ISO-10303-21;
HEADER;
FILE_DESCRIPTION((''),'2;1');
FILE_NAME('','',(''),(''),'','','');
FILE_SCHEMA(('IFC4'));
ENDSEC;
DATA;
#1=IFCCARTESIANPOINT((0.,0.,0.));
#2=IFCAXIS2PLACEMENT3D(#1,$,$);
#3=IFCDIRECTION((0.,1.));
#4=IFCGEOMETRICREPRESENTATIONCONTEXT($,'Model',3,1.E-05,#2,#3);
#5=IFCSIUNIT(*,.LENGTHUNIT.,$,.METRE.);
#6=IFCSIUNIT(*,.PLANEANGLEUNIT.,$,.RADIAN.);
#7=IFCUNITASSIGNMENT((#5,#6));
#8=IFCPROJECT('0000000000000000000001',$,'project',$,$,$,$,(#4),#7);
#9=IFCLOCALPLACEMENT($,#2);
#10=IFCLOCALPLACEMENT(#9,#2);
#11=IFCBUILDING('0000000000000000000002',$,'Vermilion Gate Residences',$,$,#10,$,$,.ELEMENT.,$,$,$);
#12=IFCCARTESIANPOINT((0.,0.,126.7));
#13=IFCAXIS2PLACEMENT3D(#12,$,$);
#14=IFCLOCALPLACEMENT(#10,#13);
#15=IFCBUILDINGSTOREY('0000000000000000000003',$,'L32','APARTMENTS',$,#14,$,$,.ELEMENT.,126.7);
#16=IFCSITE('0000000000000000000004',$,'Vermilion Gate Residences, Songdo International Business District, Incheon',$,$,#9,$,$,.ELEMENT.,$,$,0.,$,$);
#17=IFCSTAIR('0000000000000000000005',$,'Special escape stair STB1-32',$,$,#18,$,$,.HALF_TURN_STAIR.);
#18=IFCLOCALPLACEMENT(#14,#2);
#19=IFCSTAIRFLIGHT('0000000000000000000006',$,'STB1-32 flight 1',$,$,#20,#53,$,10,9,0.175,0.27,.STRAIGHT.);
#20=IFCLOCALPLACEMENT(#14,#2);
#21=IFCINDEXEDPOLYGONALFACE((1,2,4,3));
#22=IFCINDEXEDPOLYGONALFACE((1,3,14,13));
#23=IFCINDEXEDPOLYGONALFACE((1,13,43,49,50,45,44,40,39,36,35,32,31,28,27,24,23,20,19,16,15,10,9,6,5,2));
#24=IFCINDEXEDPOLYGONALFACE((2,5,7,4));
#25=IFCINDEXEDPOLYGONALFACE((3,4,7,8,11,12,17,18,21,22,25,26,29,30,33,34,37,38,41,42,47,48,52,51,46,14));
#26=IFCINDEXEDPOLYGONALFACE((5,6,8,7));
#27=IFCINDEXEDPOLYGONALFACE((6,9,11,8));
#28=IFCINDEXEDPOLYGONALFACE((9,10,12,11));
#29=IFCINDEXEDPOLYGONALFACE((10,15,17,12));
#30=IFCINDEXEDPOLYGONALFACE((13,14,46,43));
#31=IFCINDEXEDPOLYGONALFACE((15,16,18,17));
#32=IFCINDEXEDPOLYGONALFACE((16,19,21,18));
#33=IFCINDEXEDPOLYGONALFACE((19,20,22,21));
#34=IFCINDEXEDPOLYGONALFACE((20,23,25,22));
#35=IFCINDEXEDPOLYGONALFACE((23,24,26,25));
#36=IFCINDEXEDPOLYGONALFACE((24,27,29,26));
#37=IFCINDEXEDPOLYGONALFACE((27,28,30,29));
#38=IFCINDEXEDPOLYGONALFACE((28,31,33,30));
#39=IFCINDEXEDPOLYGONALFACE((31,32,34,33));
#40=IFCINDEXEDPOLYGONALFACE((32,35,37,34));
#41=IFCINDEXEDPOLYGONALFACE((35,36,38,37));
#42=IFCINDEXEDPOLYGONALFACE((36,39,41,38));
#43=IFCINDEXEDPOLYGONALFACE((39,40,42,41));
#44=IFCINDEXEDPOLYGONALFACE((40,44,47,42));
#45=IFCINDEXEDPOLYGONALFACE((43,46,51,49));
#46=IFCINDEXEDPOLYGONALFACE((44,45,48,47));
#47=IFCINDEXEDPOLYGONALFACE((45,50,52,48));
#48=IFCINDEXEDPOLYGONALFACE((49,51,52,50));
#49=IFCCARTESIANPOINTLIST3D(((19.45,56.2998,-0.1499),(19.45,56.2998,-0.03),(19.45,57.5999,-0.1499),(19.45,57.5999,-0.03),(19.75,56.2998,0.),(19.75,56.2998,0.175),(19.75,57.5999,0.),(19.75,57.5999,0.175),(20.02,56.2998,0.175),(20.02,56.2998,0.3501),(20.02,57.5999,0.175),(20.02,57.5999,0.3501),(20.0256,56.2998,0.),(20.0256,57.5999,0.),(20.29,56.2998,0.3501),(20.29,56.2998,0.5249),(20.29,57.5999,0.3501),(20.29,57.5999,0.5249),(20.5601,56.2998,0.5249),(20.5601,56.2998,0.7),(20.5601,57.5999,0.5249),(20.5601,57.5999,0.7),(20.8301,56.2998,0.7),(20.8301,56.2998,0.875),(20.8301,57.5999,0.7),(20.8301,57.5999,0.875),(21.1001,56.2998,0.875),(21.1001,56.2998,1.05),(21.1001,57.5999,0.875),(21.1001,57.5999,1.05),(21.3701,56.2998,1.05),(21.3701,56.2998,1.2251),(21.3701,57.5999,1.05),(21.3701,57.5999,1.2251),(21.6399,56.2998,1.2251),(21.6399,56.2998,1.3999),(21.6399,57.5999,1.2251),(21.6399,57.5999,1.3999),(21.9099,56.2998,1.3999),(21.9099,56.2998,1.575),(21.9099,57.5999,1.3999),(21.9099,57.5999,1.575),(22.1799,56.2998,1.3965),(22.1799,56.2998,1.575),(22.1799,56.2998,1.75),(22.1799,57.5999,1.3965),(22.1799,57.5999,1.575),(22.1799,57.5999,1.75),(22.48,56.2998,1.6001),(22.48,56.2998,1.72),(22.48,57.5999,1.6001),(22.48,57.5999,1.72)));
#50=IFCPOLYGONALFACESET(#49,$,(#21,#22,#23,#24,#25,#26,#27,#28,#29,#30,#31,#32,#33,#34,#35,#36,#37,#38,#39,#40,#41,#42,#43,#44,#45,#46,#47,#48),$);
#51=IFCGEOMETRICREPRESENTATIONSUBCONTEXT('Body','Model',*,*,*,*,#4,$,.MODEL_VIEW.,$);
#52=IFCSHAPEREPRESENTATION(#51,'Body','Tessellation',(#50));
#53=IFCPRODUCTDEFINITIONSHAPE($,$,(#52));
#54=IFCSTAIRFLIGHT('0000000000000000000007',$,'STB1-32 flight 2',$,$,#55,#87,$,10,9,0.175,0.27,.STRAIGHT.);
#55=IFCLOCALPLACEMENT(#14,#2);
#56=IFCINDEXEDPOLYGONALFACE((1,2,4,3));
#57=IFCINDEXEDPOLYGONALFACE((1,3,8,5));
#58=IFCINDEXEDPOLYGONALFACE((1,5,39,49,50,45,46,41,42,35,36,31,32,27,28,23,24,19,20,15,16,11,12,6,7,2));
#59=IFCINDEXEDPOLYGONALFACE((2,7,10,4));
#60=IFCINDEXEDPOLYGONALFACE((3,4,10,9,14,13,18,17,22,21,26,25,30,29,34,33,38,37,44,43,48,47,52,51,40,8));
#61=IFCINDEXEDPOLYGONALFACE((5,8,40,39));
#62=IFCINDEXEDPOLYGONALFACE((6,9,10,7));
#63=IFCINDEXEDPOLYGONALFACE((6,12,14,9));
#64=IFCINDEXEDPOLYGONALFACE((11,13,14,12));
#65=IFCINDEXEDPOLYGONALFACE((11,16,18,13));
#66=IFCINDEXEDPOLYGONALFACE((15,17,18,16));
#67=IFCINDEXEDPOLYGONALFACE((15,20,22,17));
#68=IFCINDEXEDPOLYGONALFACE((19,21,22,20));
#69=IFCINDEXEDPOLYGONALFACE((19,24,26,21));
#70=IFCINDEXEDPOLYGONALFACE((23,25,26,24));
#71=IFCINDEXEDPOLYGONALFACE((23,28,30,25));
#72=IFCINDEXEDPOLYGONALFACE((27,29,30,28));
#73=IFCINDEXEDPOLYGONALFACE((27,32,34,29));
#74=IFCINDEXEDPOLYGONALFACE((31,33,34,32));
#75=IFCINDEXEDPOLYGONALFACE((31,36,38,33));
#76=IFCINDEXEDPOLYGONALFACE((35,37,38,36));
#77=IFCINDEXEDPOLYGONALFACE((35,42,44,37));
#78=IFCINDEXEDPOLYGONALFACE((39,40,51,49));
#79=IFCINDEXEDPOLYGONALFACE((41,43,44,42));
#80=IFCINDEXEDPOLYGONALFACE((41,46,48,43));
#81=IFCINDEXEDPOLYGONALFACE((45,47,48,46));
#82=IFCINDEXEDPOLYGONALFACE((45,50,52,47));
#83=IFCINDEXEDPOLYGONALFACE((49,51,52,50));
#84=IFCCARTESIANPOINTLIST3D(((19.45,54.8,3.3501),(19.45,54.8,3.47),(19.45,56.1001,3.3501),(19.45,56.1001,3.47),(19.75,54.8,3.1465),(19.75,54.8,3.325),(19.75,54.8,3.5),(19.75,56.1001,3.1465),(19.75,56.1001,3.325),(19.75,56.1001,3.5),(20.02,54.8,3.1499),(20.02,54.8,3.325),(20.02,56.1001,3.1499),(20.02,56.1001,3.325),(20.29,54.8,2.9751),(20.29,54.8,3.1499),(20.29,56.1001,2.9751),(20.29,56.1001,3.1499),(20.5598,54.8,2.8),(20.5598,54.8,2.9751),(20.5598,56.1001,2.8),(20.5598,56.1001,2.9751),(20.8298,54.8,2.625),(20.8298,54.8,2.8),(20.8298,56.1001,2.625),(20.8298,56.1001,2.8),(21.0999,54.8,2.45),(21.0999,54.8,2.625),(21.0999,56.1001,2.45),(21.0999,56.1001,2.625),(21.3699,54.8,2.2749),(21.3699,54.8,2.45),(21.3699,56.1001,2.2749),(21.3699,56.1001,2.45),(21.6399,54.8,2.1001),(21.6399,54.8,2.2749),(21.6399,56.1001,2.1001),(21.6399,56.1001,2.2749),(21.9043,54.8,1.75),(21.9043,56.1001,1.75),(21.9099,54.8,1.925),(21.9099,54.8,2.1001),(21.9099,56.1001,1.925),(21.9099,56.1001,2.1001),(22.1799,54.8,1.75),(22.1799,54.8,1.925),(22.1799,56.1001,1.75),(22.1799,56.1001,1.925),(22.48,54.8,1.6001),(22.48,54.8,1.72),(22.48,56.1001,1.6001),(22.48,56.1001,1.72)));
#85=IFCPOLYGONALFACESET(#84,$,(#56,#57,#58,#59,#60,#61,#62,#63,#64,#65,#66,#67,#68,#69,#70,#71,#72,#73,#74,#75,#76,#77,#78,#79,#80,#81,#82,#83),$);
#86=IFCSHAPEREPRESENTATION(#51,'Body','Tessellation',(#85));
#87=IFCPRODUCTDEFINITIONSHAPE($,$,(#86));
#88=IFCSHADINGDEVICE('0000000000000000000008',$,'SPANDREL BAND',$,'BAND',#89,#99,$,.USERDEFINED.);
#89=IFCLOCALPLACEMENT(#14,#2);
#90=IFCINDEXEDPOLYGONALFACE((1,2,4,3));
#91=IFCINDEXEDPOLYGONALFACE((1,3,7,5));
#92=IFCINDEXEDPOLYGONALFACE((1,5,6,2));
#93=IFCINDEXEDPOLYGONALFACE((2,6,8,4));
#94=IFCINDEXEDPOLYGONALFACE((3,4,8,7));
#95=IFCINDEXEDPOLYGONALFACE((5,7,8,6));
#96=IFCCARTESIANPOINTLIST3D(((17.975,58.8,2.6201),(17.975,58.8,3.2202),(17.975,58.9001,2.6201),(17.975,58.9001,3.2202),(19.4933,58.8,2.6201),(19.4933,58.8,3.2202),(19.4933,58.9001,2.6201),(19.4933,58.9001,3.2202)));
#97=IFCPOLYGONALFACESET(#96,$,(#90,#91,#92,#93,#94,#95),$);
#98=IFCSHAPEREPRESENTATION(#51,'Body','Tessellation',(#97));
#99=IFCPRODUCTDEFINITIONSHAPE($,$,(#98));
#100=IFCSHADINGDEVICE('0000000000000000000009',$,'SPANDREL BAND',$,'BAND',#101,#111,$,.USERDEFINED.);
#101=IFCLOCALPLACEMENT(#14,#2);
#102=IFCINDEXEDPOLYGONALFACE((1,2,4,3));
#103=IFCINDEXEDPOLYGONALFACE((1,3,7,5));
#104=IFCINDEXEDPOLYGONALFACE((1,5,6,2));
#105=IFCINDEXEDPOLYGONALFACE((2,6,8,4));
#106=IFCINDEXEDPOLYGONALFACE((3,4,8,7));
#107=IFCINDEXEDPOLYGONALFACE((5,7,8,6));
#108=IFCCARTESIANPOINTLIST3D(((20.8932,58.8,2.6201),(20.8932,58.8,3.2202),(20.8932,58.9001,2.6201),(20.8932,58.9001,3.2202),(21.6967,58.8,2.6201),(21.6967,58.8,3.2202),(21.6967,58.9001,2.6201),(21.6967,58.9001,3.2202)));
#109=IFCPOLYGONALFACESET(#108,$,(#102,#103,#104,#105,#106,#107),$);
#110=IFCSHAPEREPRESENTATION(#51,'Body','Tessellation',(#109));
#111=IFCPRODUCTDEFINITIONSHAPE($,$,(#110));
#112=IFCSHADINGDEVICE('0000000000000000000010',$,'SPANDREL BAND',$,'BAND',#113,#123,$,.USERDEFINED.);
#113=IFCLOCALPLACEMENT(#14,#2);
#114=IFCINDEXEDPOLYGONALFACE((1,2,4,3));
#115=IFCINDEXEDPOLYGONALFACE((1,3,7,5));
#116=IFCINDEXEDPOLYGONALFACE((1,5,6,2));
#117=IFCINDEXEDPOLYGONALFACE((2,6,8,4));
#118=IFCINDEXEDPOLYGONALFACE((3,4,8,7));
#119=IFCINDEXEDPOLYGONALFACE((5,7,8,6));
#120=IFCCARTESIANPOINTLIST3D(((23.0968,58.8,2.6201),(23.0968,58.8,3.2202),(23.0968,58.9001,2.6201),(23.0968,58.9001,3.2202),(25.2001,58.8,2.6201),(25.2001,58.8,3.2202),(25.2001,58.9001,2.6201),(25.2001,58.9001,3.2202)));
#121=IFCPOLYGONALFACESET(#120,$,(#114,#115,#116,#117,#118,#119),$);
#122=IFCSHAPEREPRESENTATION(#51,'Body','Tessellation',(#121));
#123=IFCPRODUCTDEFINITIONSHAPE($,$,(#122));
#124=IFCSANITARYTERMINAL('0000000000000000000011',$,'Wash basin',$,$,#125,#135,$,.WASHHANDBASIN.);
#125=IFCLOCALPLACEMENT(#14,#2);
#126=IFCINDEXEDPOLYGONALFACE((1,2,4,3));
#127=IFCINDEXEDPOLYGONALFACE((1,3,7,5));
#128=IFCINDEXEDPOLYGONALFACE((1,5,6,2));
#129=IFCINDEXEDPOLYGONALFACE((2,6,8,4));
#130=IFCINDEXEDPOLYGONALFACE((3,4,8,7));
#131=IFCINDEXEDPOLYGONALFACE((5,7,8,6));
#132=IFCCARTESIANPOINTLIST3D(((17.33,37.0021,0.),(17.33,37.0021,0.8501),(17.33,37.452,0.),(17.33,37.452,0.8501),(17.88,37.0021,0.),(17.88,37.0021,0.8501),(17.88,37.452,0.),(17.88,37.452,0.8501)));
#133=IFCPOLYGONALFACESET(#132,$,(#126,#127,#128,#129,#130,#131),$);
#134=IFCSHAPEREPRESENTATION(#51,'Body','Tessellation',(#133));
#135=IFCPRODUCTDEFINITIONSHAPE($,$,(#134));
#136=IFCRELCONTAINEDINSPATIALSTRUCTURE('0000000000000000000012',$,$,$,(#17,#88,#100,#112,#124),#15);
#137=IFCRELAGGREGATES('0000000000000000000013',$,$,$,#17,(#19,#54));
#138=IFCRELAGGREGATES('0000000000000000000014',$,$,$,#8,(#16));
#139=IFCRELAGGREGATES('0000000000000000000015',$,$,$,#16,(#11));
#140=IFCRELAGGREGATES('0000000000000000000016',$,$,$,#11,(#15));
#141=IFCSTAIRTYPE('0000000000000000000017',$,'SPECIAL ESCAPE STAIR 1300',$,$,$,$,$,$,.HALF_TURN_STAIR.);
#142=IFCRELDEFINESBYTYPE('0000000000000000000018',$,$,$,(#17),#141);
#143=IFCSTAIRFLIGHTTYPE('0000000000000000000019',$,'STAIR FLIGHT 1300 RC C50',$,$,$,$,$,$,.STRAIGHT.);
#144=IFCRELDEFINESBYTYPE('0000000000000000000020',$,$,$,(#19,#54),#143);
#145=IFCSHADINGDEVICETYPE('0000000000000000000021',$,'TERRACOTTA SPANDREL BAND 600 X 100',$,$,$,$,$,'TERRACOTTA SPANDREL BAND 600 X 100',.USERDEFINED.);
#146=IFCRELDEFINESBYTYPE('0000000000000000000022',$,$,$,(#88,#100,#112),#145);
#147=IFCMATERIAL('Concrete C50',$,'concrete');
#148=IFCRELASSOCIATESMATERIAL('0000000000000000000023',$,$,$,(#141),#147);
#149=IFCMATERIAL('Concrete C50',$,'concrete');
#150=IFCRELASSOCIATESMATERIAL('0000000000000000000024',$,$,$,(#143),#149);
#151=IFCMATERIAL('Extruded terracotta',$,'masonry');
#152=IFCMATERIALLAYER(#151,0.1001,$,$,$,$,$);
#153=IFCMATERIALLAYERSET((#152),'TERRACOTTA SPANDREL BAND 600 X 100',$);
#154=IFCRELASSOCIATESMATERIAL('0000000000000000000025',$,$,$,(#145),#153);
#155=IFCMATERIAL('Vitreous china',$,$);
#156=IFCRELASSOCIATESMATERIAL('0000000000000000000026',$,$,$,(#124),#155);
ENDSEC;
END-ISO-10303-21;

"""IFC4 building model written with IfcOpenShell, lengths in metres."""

from ifc_helpers import new_model, si_unit, direction, frame, origin, origin_2d, place, context, subcontext, project, spatial, polyline, rectangle, outline, extrude, material, layer, layer_set, type_object, element, aggregate, save


model = new_model("IFC4")

# Units and contexts
model_context = context("Model", 3, precision=1e-05, world=origin(), true_north=direction((0.0, 1.0)))
body_context = subcontext(model_context, "Body", "Model", "MODEL_VIEW")
ifc_project = project(units=[si_unit("LENGTHUNIT", "METRE"), si_unit("PLANEANGLEUNIT", "RADIAN")], contexts=[model_context])

# Site, building, storey
site_placement = place(None, origin())
site = spatial("IfcSite", under=ifc_project, at=site_placement, Name="Vermilion Gate Residences, Songdo International Business District, Incheon", CompositionType="ELEMENT", RefElevation=0.0)
building_placement = place(site_placement, origin())
building = spatial("IfcBuilding", under=site, at=building_placement, Name="Vermilion Gate Residences", CompositionType="ELEMENT")
storey_placement = place(building_placement, frame((0.0, 0.0, 126.7)))
storey = spatial("IfcBuildingStorey", under=building, at=storey_placement, Name="L32", Description="APARTMENTS", CompositionType="ELEMENT", Elevation=126.7)

# Stair, stair flights
ifc_material_1 = material(Name="Concrete C50", Category="concrete")
stair_type = type_object("IfcStairType", Name="SPECIAL ESCAPE STAIR 1300", PredefinedType="HALF_TURN_STAIR", material=ifc_material_1)
stair_placement = place(storey_placement, origin())
stair = element("IfcStair", 1, at=stair_placement, inside=storey, type_object=stair_type, Name="Special escape stair STB1-32", PredefinedType="HALF_TURN_STAIR")
ifc_material_2 = material(Name="Concrete C50", Category="concrete")
stair_flight_type = type_object("IfcStairFlightType", Name="STAIR FLIGHT 1300 RC C50", PredefinedType="STRAIGHT", material=ifc_material_2)
stair_flight_1_placement = place(storey_placement, frame((19.75, 56.95, 0.0), z_axis=(0.0, 0.0, 1.0), x_axis=(1.0, 0.0, 0.0)))
stair_flight_1 = element("IfcStairFlight", 2, at=stair_flight_1_placement, type_object=stair_flight_type, Name="STB1-32 flight 1", NumberOfRisers=10, NumberOfTreads=9, PredefinedType="STRAIGHT", RiserHeight=0.175, TreadLength=0.27, context=body_context, shape_type="SweptSolid", body=[
    extrude(outline(polyline([(-0.3, -0.1499), (-0.3, -0.03), (0.0, 0.0), (0.0, 0.175), (0.27, 0.175), (0.27, 0.3501), (0.54, 0.3501), (0.54, 0.5249), (0.8101, 0.5249), (0.8101, 0.7), (1.0801, 0.7), (1.0801, 0.875), (1.3501, 0.875), (1.3501, 1.05), (1.6201, 1.05), (1.6201, 1.2251), (1.8899, 1.2251), (1.8899, 1.3999), (2.1599, 1.3999), (2.1599, 1.575), (2.4299, 1.575), (2.4299, 1.75), (2.73, 1.72), (2.73, 1.6001), (2.4299, 1.3965), (0.2756, 0.0), (-0.3, -0.1499)])), frame((0.0, 0.6499, 0.0), z_axis=(0.0, -1.0, 0.0), x_axis=(1.0, 0.0, 0.0)), (0.0, 0.0, 1.0), 1.3),
])
stair_flight_2_placement = place(storey_placement, frame((22.1799, 55.45, 1.75), z_axis=(0.0, 0.0, 1.0), x_axis=(-1.0, 0.0, 0.0)))
stair_flight_2 = element("IfcStairFlight", 3, at=stair_flight_2_placement, type_object=stair_flight_type, Name="STB1-32 flight 2", NumberOfRisers=10, NumberOfTreads=9, PredefinedType="STRAIGHT", RiserHeight=0.175, TreadLength=0.27, context=body_context, shape_type="SweptSolid", body=[
    extrude(outline(polyline([(-0.3, -0.1499), (-0.3, -0.03), (0.0, 0.0), (0.0, 0.175), (0.27, 0.175), (0.27, 0.3501), (0.54, 0.3501), (0.54, 0.5249), (0.8101, 0.5249), (0.8101, 0.7), (1.0801, 0.7), (1.0801, 0.875), (1.3501, 0.875), (1.3501, 1.05), (1.6201, 1.05), (1.6201, 1.2251), (1.8899, 1.2251), (1.8899, 1.3999), (2.1599, 1.3999), (2.1599, 1.575), (2.4299, 1.575), (2.4299, 1.75), (2.73, 1.72), (2.73, 1.6001), (2.4299, 1.3965), (0.2756, 0.0), (-0.3, -0.1499)])), frame((0.0, 0.6499, 0.0), z_axis=(0.0, -1.0, 0.0), x_axis=(1.0, 0.0, 0.0)), (0.0, 0.0, 1.0), 1.3),
])
aggregate(stair, [stair_flight_1, stair_flight_2])

# Shading devices
ifc_material_3 = material(Name="Extruded terracotta", Category="masonry")
ifc_layer_1 = layer(ifc_material_3, 0.1001)
ifc_layer_set_1 = layer_set([ifc_layer_1], Name="TERRACOTTA SPANDREL BAND 600 X 100")
shading_device_type = type_object("IfcShadingDeviceType", Name="TERRACOTTA SPANDREL BAND 600 X 100", ElementType="TERRACOTTA SPANDREL BAND 600 X 100", PredefinedType="USERDEFINED", material=ifc_layer_set_1)
shading_device_1_placement = place(storey_placement, frame((18.7341, 58.8501, 2.6201), z_axis=(0.0, 0.0, 1.0), x_axis=(1.0, 0.0, 0.0)))
element("IfcShadingDevice", 4, at=shading_device_1_placement, inside=storey, type_object=shading_device_type, Name="SPANDREL BAND", ObjectType="BAND", PredefinedType="USERDEFINED", context=body_context, shape_type="SweptSolid", body=[
    extrude(rectangle(XDim=1.5183, YDim=0.1001, at=origin_2d()), origin(), (0.0, 0.0, 1.0), 0.6001),
])
shading_device_2_placement = place(storey_placement, frame((21.2949, 58.8501, 2.6201), z_axis=(0.0, 0.0, 1.0), x_axis=(1.0, 0.0, 0.0)))
element("IfcShadingDevice", 5, at=shading_device_2_placement, inside=storey, type_object=shading_device_type, Name="SPANDREL BAND", ObjectType="BAND", PredefinedType="USERDEFINED", context=body_context, shape_type="SweptSolid", body=[
    extrude(rectangle(XDim=0.8035, YDim=0.1001, at=origin_2d()), origin(), (0.0, 0.0, 1.0), 0.6001),
])
shading_device_3_placement = place(storey_placement, frame((24.1484, 58.8501, 2.6201), z_axis=(0.0, 0.0, 1.0), x_axis=(1.0, 0.0, 0.0)))
element("IfcShadingDevice", 6, at=shading_device_3_placement, inside=storey, type_object=shading_device_type, Name="SPANDREL BAND", ObjectType="BAND", PredefinedType="USERDEFINED", context=body_context, shape_type="SweptSolid", body=[
    extrude(rectangle(XDim=2.1033, YDim=0.1001, at=origin_2d()), origin(), (0.0, 0.0, 1.0), 0.6001),
])

# Sanitary terminal
ifc_material_4 = material(Name="Vitreous china")
sanitary_terminal_placement = place(storey_placement, frame((17.605, 37.2271, 0.0), z_axis=(0.0, 0.0, 1.0), x_axis=(1.0, 0.0, 0.0)))
element("IfcSanitaryTerminal", 7, at=sanitary_terminal_placement, inside=storey, material=ifc_material_4, Name="Wash basin", PredefinedType="WASHHANDBASIN", context=body_context, shape_type="SweptSolid", body=[
    extrude(rectangle(XDim=0.55, YDim=0.45, at=origin_2d()), origin(), (0.0, 0.0, 1.0), 0.8501),
])

save(model, "model.ifc")
